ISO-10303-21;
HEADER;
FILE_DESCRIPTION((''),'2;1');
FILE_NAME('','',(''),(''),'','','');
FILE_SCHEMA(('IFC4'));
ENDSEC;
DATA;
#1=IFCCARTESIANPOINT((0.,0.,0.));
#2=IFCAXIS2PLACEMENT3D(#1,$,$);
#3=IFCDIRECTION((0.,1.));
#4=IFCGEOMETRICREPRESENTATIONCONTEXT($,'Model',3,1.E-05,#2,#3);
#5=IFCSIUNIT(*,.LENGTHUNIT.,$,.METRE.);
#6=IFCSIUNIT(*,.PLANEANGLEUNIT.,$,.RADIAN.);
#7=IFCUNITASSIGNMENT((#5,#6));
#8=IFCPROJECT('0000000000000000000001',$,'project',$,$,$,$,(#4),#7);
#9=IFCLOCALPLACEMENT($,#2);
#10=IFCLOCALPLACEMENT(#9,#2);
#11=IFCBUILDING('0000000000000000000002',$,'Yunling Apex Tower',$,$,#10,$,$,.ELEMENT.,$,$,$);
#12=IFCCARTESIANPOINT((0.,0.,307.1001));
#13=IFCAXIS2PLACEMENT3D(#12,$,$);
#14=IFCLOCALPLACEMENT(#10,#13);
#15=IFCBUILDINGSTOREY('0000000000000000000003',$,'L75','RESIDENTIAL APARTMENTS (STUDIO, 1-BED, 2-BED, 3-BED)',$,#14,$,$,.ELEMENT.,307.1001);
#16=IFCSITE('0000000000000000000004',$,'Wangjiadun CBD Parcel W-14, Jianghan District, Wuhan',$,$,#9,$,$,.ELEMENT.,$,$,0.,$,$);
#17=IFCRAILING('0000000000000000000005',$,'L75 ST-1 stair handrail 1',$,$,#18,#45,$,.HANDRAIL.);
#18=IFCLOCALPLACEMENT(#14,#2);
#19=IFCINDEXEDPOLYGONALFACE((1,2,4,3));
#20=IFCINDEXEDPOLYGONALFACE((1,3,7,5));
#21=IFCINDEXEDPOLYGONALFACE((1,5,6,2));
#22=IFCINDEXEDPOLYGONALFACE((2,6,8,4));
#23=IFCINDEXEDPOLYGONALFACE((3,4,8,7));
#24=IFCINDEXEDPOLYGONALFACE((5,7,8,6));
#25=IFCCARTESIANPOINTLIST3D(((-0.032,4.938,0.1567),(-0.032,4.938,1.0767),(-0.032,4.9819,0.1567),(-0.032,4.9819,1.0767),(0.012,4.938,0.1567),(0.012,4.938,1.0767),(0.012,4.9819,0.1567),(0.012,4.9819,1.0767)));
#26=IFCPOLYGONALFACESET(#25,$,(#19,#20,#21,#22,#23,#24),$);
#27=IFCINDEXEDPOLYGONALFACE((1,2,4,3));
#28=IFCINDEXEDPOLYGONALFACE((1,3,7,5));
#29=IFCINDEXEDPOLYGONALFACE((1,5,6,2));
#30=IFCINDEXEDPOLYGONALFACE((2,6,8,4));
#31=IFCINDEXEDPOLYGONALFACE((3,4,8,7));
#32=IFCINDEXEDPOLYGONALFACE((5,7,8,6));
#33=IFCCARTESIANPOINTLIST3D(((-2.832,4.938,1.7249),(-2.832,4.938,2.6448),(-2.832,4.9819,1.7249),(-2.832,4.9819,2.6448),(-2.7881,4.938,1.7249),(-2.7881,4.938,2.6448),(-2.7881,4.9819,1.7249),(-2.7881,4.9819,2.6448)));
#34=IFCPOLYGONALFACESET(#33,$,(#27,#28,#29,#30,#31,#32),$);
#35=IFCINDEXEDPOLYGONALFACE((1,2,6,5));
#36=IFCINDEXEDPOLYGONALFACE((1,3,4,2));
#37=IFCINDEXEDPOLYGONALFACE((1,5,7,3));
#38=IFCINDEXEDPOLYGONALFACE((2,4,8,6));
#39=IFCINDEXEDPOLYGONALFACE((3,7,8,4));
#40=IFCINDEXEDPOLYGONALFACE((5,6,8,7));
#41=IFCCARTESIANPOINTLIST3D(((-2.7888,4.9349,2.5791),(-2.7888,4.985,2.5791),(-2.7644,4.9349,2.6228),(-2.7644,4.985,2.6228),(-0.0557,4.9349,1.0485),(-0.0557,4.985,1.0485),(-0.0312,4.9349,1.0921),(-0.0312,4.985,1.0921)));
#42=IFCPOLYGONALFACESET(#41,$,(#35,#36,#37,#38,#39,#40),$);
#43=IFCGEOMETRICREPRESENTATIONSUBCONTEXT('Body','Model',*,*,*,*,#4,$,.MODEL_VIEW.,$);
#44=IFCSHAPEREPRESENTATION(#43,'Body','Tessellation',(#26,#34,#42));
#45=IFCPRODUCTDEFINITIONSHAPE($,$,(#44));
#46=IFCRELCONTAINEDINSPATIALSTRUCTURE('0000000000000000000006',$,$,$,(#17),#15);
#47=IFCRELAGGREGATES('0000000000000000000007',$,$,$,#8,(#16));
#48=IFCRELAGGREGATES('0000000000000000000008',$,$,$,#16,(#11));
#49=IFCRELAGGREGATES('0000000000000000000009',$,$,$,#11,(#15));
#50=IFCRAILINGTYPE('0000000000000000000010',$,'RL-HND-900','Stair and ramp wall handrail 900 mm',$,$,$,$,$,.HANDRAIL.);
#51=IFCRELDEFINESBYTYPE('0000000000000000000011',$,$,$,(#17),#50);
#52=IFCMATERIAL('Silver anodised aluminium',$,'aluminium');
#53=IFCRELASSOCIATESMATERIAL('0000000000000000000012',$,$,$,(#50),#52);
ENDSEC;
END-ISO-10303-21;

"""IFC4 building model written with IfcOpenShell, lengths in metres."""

from ifc_helpers import new_model, si_unit, direction, frame, origin, origin_2d, place, context, subcontext, project, spatial, rectangle, extrude, material, type_object, element, save


model = new_model("IFC4")

# Units and contexts
model_context = context("Model", 3, precision=1e-05, world=origin(), true_north=direction((0.0, 1.0)))
body_context = subcontext(model_context, "Body", "Model", "MODEL_VIEW")
ifc_project = project(units=[si_unit("LENGTHUNIT", "METRE"), si_unit("PLANEANGLEUNIT", "RADIAN")], contexts=[model_context])

# Site, building, storey
site_placement = place(None, origin())
site = spatial("IfcSite", under=ifc_project, at=site_placement, Name="Wangjiadun CBD Parcel W-14, Jianghan District, Wuhan", CompositionType="ELEMENT", RefElevation=0.0)
building_placement = place(site_placement, origin())
building = spatial("IfcBuilding", under=site, at=building_placement, Name="Yunling Apex Tower", CompositionType="ELEMENT")
storey_placement = place(building_placement, frame((0.0, 0.0, 307.1001)))
storey = spatial("IfcBuildingStorey", under=building, at=storey_placement, Name="L75", Description="RESIDENTIAL APARTMENTS (STUDIO, 1-BED, 2-BED, 3-BED)", CompositionType="ELEMENT", Elevation=307.1001)

# Railing
ifc_material_1 = material(Name="Silver anodised aluminium", Category="aluminium")
railing_type_1 = type_object("IfcRailingType", Name="RL-HND-900", Description="Stair and ramp wall handrail 900 mm", PredefinedType="HANDRAIL", material=ifc_material_1)
railing_1_placement = place(storey_placement, frame((-0.01, 4.96, 0.1567)))
element("IfcRailing", 1, at=railing_1_placement, inside=storey, type_object=railing_type_1, Name="L75 ST-1 stair handrail 1", PredefinedType="HANDRAIL", context=body_context, shape_type="SweptSolid", body=[
    extrude(rectangle(XDim=0.0439, YDim=0.0439, at=origin_2d()), origin(), (0.0, 0.0, 1.0), 0.9199),
    extrude(rectangle(XDim=0.0439, YDim=0.0439, at=origin_2d()), frame((-2.8, 0.0, 1.5681)), (0.0, 0.0, 1.0), 0.9199),
    extrude(rectangle(XDim=0.05, YDim=0.05, at=origin_2d()), frame((-0.0334, 0.0, 0.9136), z_axis=(-0.872494, 0.0, 0.488624), x_axis=(0.0, -1.0, 0.0)), (0.0, 0.0, 1.0), 3.1326),
])

save(model, "model.ifc")
